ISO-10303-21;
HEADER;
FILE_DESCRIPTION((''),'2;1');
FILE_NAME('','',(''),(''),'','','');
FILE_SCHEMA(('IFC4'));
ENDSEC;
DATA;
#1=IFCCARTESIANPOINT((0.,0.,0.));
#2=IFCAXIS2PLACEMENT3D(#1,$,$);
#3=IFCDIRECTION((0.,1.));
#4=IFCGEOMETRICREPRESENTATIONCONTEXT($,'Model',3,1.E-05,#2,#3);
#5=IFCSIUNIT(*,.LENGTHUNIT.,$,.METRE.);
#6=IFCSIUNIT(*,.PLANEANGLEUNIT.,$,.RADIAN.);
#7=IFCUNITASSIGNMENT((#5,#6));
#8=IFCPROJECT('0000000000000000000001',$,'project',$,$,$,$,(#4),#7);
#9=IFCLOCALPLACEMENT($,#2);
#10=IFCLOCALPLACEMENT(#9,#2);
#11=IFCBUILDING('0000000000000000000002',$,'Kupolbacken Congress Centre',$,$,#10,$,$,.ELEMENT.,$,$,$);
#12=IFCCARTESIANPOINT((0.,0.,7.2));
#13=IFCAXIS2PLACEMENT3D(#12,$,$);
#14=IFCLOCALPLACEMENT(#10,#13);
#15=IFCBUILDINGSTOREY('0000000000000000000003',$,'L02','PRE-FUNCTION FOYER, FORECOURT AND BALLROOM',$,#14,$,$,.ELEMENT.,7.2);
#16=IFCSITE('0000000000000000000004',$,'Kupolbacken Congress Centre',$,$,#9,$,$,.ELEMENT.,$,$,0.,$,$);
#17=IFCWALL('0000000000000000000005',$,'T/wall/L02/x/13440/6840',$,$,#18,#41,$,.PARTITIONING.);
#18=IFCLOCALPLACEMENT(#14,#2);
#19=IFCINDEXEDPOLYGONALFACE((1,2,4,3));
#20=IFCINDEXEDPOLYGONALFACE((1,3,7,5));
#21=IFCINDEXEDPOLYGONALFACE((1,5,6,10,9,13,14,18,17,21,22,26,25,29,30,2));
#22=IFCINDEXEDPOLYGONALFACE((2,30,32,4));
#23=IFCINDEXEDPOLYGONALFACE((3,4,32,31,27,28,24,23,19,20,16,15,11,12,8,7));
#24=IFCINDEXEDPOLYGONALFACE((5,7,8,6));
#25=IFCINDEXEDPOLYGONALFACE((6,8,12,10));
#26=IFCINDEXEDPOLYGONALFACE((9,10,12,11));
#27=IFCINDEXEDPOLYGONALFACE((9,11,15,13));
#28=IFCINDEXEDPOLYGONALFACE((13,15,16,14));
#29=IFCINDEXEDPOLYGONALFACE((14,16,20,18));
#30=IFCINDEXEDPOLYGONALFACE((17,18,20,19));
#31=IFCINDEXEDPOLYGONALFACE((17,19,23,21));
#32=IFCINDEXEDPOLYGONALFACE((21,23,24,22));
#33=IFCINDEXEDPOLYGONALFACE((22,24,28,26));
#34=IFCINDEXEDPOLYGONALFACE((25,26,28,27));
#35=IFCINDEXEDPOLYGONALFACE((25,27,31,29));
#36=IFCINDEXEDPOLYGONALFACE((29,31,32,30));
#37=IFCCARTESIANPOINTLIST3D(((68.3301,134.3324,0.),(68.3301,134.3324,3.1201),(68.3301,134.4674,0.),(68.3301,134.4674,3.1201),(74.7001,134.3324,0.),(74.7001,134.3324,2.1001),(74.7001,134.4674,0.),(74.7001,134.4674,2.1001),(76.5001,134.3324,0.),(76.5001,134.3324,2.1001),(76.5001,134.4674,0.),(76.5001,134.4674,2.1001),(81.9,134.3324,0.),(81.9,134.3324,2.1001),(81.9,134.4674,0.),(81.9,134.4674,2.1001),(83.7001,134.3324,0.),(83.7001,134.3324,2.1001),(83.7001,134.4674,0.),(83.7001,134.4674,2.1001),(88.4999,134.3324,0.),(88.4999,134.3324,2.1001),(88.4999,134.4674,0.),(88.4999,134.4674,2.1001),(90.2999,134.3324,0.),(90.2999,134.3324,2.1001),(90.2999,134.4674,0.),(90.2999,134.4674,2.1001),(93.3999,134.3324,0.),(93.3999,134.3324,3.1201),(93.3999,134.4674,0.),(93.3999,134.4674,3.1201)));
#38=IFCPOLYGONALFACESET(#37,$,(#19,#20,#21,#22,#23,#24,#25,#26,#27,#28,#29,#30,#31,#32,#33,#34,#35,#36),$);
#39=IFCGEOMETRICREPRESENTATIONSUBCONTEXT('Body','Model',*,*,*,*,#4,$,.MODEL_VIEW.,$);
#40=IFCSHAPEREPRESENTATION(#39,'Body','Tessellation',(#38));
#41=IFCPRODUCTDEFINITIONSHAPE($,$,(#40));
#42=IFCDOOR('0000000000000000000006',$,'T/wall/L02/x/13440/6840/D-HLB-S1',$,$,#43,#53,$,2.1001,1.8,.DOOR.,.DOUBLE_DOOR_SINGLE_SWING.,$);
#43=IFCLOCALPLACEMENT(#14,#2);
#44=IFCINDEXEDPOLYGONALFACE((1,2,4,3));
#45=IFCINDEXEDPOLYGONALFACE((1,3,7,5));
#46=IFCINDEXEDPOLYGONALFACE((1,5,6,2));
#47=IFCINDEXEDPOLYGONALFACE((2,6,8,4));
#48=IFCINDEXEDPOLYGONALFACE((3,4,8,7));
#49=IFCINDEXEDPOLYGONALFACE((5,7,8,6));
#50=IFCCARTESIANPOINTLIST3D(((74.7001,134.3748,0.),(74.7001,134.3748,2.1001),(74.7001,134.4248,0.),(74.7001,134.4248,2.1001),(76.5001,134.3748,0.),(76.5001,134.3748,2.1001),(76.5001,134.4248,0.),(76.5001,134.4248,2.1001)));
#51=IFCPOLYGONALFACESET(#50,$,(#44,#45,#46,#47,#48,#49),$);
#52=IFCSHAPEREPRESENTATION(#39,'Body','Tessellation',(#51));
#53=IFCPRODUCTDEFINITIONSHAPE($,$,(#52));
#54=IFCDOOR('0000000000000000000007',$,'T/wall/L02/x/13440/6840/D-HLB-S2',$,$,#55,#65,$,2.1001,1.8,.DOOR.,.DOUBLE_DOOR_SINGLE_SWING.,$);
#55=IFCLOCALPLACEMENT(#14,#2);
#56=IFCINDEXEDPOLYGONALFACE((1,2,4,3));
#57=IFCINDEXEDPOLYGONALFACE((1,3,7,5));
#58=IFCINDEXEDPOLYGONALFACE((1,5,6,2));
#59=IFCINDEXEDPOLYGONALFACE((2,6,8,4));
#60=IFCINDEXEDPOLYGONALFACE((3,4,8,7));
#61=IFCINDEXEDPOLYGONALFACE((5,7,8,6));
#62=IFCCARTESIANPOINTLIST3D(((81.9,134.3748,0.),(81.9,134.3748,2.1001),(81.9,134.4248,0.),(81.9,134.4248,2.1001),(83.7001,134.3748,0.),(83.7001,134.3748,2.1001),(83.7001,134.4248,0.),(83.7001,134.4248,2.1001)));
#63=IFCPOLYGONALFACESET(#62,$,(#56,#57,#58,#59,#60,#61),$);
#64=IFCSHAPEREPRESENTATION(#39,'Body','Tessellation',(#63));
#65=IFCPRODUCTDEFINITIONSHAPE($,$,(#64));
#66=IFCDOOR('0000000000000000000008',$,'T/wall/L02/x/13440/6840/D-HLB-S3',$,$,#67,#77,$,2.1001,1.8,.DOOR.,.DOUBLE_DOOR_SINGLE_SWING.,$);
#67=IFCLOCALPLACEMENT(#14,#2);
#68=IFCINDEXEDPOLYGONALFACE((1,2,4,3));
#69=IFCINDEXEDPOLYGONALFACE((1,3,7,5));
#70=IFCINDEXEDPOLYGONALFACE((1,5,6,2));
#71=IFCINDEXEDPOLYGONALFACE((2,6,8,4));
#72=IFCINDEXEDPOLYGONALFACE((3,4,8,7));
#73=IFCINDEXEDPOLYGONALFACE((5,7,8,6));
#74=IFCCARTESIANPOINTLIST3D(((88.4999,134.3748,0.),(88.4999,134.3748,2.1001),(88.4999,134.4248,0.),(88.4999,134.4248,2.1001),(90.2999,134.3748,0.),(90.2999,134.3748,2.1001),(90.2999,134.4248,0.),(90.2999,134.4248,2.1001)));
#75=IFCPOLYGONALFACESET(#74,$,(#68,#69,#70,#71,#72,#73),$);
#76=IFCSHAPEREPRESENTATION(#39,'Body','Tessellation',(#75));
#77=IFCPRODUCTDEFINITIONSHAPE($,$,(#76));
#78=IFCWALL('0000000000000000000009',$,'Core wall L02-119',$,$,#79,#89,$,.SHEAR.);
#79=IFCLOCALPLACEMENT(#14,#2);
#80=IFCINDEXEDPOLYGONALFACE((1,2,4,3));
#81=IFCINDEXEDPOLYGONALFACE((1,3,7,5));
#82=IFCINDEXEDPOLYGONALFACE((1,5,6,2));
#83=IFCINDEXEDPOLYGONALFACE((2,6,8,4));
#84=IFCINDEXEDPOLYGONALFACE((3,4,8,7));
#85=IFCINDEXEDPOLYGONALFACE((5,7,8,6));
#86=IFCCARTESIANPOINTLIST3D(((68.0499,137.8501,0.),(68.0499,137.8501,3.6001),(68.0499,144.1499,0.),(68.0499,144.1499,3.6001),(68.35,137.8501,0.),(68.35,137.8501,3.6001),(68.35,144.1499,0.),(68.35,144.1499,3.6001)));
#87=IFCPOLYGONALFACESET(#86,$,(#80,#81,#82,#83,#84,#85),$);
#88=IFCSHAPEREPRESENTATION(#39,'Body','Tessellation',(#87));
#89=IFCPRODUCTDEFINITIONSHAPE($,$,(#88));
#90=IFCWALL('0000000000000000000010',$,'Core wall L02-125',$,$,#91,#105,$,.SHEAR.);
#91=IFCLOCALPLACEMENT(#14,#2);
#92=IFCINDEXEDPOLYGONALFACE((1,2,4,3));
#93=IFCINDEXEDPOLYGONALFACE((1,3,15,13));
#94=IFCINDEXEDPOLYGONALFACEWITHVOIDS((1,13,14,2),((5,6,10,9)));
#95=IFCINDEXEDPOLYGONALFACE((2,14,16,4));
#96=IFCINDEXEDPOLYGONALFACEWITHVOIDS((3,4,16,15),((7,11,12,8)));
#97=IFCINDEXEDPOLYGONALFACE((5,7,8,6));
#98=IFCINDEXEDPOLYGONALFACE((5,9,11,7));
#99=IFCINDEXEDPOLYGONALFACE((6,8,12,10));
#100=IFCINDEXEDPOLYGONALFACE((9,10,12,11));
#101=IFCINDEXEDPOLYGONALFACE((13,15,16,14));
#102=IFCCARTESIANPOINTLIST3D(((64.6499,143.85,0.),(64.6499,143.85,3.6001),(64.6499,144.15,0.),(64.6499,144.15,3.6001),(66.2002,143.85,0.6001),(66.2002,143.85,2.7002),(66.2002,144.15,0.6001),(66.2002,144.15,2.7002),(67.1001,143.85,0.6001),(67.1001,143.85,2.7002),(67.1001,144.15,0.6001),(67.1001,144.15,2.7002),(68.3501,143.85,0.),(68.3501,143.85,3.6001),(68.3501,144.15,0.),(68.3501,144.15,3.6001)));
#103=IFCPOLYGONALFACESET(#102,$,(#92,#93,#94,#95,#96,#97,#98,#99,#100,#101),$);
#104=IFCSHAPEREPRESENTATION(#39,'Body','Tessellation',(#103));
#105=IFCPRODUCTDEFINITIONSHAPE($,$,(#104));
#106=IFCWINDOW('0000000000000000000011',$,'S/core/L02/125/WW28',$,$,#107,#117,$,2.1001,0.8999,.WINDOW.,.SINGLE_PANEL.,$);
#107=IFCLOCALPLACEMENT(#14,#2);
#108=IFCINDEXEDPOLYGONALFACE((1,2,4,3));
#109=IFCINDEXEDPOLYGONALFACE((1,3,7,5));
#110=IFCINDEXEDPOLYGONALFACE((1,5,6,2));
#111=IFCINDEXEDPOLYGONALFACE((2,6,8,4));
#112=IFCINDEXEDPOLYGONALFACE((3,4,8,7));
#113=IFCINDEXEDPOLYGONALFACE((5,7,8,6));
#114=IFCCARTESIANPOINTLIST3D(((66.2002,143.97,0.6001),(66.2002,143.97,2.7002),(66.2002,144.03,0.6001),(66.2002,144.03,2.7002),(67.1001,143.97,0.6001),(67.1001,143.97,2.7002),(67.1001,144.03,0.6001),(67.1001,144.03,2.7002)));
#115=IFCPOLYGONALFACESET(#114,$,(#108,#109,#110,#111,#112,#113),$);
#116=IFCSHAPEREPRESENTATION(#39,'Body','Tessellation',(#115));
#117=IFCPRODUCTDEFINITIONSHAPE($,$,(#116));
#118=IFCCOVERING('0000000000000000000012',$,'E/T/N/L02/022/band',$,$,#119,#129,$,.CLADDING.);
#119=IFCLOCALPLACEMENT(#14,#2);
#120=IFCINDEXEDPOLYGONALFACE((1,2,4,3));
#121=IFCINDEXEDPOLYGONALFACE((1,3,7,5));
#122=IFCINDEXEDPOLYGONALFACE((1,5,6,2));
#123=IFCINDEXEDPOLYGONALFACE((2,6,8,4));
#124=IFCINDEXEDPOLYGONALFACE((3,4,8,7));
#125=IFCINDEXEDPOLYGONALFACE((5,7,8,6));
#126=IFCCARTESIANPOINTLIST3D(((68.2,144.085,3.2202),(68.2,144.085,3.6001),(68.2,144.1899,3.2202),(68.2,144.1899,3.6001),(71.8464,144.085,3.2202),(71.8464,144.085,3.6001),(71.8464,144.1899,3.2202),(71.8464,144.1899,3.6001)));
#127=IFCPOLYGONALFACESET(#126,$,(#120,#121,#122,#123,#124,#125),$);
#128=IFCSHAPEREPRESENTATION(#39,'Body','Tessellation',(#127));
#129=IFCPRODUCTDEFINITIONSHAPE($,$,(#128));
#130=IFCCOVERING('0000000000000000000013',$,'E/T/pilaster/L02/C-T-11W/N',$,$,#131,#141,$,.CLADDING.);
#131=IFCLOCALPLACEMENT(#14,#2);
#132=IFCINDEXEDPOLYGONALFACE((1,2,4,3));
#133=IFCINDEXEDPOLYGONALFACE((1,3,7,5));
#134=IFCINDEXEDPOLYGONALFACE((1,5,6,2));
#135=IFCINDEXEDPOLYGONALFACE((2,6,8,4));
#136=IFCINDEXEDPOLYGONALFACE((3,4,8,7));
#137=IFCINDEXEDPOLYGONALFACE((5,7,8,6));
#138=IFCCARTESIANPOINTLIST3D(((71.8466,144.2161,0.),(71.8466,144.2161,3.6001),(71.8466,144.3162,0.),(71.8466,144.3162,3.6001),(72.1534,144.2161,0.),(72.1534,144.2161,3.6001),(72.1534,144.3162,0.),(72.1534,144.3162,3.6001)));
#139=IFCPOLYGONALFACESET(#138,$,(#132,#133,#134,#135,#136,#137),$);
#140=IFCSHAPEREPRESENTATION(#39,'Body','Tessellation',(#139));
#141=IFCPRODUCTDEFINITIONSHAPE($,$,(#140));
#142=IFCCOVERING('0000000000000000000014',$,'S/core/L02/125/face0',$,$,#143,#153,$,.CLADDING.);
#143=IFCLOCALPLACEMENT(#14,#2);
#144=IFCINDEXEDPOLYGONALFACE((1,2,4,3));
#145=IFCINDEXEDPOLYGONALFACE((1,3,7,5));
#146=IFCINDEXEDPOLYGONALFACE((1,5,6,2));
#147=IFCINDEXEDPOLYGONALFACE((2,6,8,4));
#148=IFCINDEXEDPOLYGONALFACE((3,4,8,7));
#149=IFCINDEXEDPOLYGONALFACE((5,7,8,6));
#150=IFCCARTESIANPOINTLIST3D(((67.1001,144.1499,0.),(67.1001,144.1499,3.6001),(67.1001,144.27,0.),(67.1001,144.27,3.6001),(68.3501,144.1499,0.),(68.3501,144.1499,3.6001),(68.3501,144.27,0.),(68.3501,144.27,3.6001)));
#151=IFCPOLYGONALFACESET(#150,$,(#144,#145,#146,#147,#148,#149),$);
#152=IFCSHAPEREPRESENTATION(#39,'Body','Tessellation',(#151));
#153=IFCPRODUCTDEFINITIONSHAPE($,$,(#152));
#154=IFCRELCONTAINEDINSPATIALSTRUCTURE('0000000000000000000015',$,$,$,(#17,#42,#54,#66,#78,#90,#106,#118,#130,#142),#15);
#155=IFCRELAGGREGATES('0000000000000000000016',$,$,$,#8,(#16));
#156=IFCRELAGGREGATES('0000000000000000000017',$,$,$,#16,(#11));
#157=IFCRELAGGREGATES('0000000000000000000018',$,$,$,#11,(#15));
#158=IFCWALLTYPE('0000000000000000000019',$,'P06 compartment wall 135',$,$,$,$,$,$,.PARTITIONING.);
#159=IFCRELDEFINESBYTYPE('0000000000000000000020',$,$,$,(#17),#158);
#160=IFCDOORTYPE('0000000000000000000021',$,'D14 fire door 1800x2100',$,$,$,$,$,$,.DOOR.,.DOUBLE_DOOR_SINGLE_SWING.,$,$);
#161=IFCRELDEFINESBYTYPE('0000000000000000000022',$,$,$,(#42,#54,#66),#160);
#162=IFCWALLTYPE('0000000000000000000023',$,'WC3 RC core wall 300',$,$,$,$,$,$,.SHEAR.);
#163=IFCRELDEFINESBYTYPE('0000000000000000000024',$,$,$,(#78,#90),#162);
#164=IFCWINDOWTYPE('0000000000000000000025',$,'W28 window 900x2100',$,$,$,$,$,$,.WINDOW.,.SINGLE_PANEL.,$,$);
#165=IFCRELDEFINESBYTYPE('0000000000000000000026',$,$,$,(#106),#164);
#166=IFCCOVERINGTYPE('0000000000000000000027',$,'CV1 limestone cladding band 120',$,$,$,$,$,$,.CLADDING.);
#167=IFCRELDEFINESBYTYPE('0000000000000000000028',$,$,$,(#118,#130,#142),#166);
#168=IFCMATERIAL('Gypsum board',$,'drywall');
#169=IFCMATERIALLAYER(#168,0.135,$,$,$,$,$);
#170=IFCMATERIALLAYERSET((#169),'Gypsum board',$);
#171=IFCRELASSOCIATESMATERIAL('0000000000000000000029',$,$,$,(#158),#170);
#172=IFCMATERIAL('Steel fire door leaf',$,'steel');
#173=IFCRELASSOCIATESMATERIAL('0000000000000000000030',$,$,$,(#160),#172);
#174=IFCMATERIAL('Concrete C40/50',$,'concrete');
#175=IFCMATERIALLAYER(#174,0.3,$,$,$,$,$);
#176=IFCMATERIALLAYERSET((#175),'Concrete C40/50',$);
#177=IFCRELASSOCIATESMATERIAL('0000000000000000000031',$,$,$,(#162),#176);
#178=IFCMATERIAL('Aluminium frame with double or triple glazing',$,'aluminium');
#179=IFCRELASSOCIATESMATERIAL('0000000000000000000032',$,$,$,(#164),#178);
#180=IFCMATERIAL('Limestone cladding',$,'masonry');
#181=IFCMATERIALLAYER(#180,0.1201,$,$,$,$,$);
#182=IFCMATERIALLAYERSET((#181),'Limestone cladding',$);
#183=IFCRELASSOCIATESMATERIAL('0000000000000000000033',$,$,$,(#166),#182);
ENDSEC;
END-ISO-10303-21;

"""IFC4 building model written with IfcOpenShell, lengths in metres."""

from ifc_helpers import new_model, si_unit, direction, frame, frame_2d, origin, origin_2d, place, context, subcontext, project, spatial, rectangle, extrude, material, layer, layer_set, type_object, element, fill, save


model = new_model("IFC4")

# Units and contexts
model_context = context("Model", 3, precision=1e-05, world=origin(), true_north=direction((0.0, 1.0)))
body_context = subcontext(model_context, "Body", "Model", "MODEL_VIEW")
ifc_project = project(units=[si_unit("LENGTHUNIT", "METRE"), si_unit("PLANEANGLEUNIT", "RADIAN")], contexts=[model_context])

# Site, building, storey
site_placement = place(None, origin())
site = spatial("IfcSite", under=ifc_project, at=site_placement, Name="Kupolbacken Congress Centre", CompositionType="ELEMENT", RefElevation=0.0)
building_placement = place(site_placement, origin())
building = spatial("IfcBuilding", under=site, at=building_placement, Name="Kupolbacken Congress Centre", CompositionType="ELEMENT")
storey_placement = place(building_placement, frame((0.0, 0.0, 7.2)))
storey = spatial("IfcBuildingStorey", under=building, at=storey_placement, Name="L02", Description="PRE-FUNCTION FOYER, FORECOURT AND BALLROOM", CompositionType="ELEMENT", Elevation=7.2)

# Wall, openings, doors
ifc_material_1 = material(Name="Gypsum board", Category="drywall")
ifc_layer_1 = layer(ifc_material_1, 0.135)
ifc_layer_set_1 = layer_set([ifc_layer_1], Name="Gypsum board")
wall_type_1 = type_object("IfcWallType", Name="P06 compartment wall 135", PredefinedType="PARTITIONING", material=ifc_layer_set_1)
wall_1_placement = place(storey_placement, frame((68.3301, 134.3999, 0.0), z_axis=(0.0, 0.0, 1.0), x_axis=(1.0, 0.0, 0.0)))
wall_1 = element("IfcWall", 1, at=wall_1_placement, inside=storey, type_object=wall_type_1, Name="T/wall/L02/x/13440/6840", PredefinedType="PARTITIONING", context=body_context, shape_type="SweptSolid", body=[
    extrude(rectangle(XDim=25.0698, YDim=0.135, at=frame_2d((12.5349, 0.0))), origin(), (0.0, 0.0, 1.0), 3.1201),
])
opening_1_placement = place(wall_1_placement, frame((6.3701, 0.0, 0.0)))
opening_1 = element("IfcOpeningElement", 2, at=opening_1_placement, cuts=wall_1, PredefinedType="OPENING", context=body_context, shape_type="SweptSolid", body=[
    extrude(rectangle(XDim=1.8, YDim=2.1001, at=frame_2d((0.8999, 1.05))), frame((0.0, 0.0774, 0.0), z_axis=(0.0, -1.0, 0.0), x_axis=(1.0, 0.0, 0.0)), (0.0, 0.0, 1.0), 0.155),
])
opening_2_placement = place(wall_1_placement, frame((13.5701, 0.0, 0.0)))
opening_2 = element("IfcOpeningElement", 3, at=opening_2_placement, cuts=wall_1, PredefinedType="OPENING", context=body_context, shape_type="SweptSolid", body=[
    extrude(rectangle(XDim=1.8, YDim=2.1001, at=frame_2d((0.8999, 1.05))), frame((0.0, 0.0774, 0.0), z_axis=(0.0, -1.0, 0.0), x_axis=(1.0, 0.0, 0.0)), (0.0, 0.0, 1.0), 0.155),
])
opening_3_placement = place(wall_1_placement, frame((20.1699, 0.0, 0.0)))
opening_3 = element("IfcOpeningElement", 4, at=opening_3_placement, cuts=wall_1, PredefinedType="OPENING", context=body_context, shape_type="SweptSolid", body=[
    extrude(rectangle(XDim=1.8, YDim=2.1001, at=frame_2d((0.8999, 1.05))), frame((0.0, 0.0774, 0.0), z_axis=(0.0, -1.0, 0.0), x_axis=(1.0, 0.0, 0.0)), (0.0, 0.0, 1.0), 0.155),
])
ifc_material_2 = material(Name="Steel fire door leaf", Category="steel")
door_type = type_object("IfcDoorType", Name="D14 fire door 1800x2100", OperationType="DOUBLE_DOOR_SINGLE_SWING", PredefinedType="DOOR", material=ifc_material_2)
door_1_placement = place(opening_1_placement, origin())
door_1 = element("IfcDoor", 5, at=door_1_placement, inside=storey, type_object=door_type, Name="T/wall/L02/x/13440/6840/D-HLB-S1", OperationType="DOUBLE_DOOR_SINGLE_SWING", OverallHeight=2.1001, OverallWidth=1.8, PredefinedType="DOOR", context=body_context, shape_type="SweptSolid", body=[
    extrude(rectangle(XDim=1.8, YDim=2.1001, at=frame_2d((0.8999, 1.05))), frame((0.0, 0.0249, 0.0), z_axis=(0.0, -1.0, 0.0), x_axis=(1.0, 0.0, 0.0)), (0.0, 0.0, 1.0), 0.05),
])
fill(opening_1, door_1)
door_2_placement = place(opening_2_placement, origin())
door_2 = element("IfcDoor", 6, at=door_2_placement, inside=storey, type_object=door_type, Name="T/wall/L02/x/13440/6840/D-HLB-S2", OperationType="DOUBLE_DOOR_SINGLE_SWING", OverallHeight=2.1001, OverallWidth=1.8, PredefinedType="DOOR", context=body_context, shape_type="SweptSolid", body=[
    extrude(rectangle(XDim=1.8, YDim=2.1001, at=frame_2d((0.8999, 1.05))), frame((0.0, 0.0249, 0.0), z_axis=(0.0, -1.0, 0.0), x_axis=(1.0, 0.0, 0.0)), (0.0, 0.0, 1.0), 0.05),
])
fill(opening_2, door_2)
door_3_placement = place(opening_3_placement, origin())
door_3 = element("IfcDoor", 7, at=door_3_placement, inside=storey, type_object=door_type, Name="T/wall/L02/x/13440/6840/D-HLB-S3", OperationType="DOUBLE_DOOR_SINGLE_SWING", OverallHeight=2.1001, OverallWidth=1.8, PredefinedType="DOOR", context=body_context, shape_type="SweptSolid", body=[
    extrude(rectangle(XDim=1.8, YDim=2.1001, at=frame_2d((0.8999, 1.05))), frame((0.0, 0.0249, 0.0), z_axis=(0.0, -1.0, 0.0), x_axis=(1.0, 0.0, 0.0)), (0.0, 0.0, 1.0), 0.05),
])
fill(opening_3, door_3)

# Wall
ifc_material_3 = material(Name="Concrete C40/50", Category="concrete")
ifc_layer_2 = layer(ifc_material_3, 0.3)
ifc_layer_set_2 = layer_set([ifc_layer_2], Name="Concrete C40/50")
wall_type_2 = type_object("IfcWallType", Name="WC3 RC core wall 300", PredefinedType="SHEAR", material=ifc_layer_set_2)
wall_2_placement = place(storey_placement, frame((68.2, 137.8501, 0.0), z_axis=(0.0, 0.0, 1.0), x_axis=(0.0, 1.0, 0.0)))
element("IfcWall", 8, at=wall_2_placement, inside=storey, type_object=wall_type_2, Name="Core wall L02-119", PredefinedType="SHEAR", context=body_context, shape_type="SweptSolid", body=[
    extrude(rectangle(XDim=6.2998, YDim=0.3, at=frame_2d((3.1499, 0.0))), origin(), (0.0, 0.0, 1.0), 3.6001),
])

# Wall, opening, window
wall_3_placement = place(storey_placement, frame((68.3501, 144.0, 0.0), z_axis=(0.0, 0.0, 1.0), x_axis=(-1.0, 0.0, 0.0)))
wall_3 = element("IfcWall", 9, at=wall_3_placement, inside=storey, type_object=wall_type_2, Name="Core wall L02-125", PredefinedType="SHEAR", context=body_context, shape_type="SweptSolid", body=[
    extrude(rectangle(XDim=3.7002, YDim=0.3, at=frame_2d((1.8501, 0.0))), origin(), (0.0, 0.0, 1.0), 3.6001),
])
opening_4_placement = place(wall_3_placement, frame((1.25, 0.0, 0.6001)))
opening_4 = element("IfcOpeningElement", 10, at=opening_4_placement, cuts=wall_3, PredefinedType="OPENING", context=body_context, shape_type="SweptSolid", body=[
    extrude(rectangle(XDim=0.8999, YDim=2.1001, at=frame_2d((0.45, 1.05))), frame((0.0, 0.1599, 0.0), z_axis=(0.0, -1.0, 0.0), x_axis=(1.0, 0.0, 0.0)), (0.0, 0.0, 1.0), 0.3201),
])
ifc_material_4 = material(Name="Aluminium frame with double or triple glazing", Category="aluminium")
window_type = type_object("IfcWindowType", Name="W28 window 900x2100", PartitioningType="SINGLE_PANEL", PredefinedType="WINDOW", material=ifc_material_4)
window_placement = place(opening_4_placement, origin())
window = element("IfcWindow", 11, at=window_placement, inside=storey, type_object=window_type, Name="S/core/L02/125/WW28", OverallHeight=2.1001, OverallWidth=0.8999, PartitioningType="SINGLE_PANEL", PredefinedType="WINDOW", context=body_context, shape_type="SweptSolid", body=[
    extrude(rectangle(XDim=0.8999, YDim=2.1001, at=frame_2d((0.45, 1.05))), frame((0.0, 0.03, 0.0), z_axis=(0.0, -1.0, 0.0), x_axis=(1.0, 0.0, 0.0)), (0.0, 0.0, 1.0), 0.0601),
])
fill(opening_4, window)

# Coverings
ifc_material_5 = material(Name="Limestone cladding", Category="masonry")
ifc_layer_3 = layer(ifc_material_5, 0.1201)
ifc_layer_set_3 = layer_set([ifc_layer_3], Name="Limestone cladding")
covering_type = type_object("IfcCoveringType", Name="CV1 limestone cladding band 120", PredefinedType="CLADDING", material=ifc_layer_set_3)
covering_1_placement = place(storey_placement, frame((70.0232, 144.1375, 3.2202), z_axis=(0.0, 0.0, 1.0), x_axis=(-1.0, 0.0, 0.0)))
element("IfcCovering", 12, at=covering_1_placement, inside=storey, type_object=covering_type, Name="E/T/N/L02/022/band", PredefinedType="CLADDING", context=body_context, shape_type="SweptSolid", body=[
    extrude(rectangle(XDim=3.6465, YDim=0.105, at=origin_2d()), origin(), (0.0, 0.0, 1.0), 0.3799),
])
covering_2_placement = place(storey_placement, frame((72.0, 144.2661, 0.0), z_axis=(0.0, 0.0, 1.0), x_axis=(1.0, 0.0, 0.0)))
element("IfcCovering", 13, at=covering_2_placement, inside=storey, type_object=covering_type, Name="E/T/pilaster/L02/C-T-11W/N", PredefinedType="CLADDING", context=body_context, shape_type="SweptSolid", body=[
    extrude(rectangle(XDim=0.3069, YDim=0.1001, at=origin_2d()), origin(), (0.0, 0.0, 1.0), 3.6001),
])
covering_3_placement = place(storey_placement, frame((67.7251, 144.21, 0.0), z_axis=(0.0, 0.0, 1.0), x_axis=(-1.0, 0.0, 0.0)))
element("IfcCovering", 14, at=covering_3_placement, inside=storey, type_object=covering_type, Name="S/core/L02/125/face0", PredefinedType="CLADDING", context=body_context, shape_type="SweptSolid", body=[
    extrude(rectangle(XDim=1.25, YDim=0.1201, at=origin_2d()), origin(), (0.0, 0.0, 1.0), 3.6001),
])

save(model, "model.ifc")
